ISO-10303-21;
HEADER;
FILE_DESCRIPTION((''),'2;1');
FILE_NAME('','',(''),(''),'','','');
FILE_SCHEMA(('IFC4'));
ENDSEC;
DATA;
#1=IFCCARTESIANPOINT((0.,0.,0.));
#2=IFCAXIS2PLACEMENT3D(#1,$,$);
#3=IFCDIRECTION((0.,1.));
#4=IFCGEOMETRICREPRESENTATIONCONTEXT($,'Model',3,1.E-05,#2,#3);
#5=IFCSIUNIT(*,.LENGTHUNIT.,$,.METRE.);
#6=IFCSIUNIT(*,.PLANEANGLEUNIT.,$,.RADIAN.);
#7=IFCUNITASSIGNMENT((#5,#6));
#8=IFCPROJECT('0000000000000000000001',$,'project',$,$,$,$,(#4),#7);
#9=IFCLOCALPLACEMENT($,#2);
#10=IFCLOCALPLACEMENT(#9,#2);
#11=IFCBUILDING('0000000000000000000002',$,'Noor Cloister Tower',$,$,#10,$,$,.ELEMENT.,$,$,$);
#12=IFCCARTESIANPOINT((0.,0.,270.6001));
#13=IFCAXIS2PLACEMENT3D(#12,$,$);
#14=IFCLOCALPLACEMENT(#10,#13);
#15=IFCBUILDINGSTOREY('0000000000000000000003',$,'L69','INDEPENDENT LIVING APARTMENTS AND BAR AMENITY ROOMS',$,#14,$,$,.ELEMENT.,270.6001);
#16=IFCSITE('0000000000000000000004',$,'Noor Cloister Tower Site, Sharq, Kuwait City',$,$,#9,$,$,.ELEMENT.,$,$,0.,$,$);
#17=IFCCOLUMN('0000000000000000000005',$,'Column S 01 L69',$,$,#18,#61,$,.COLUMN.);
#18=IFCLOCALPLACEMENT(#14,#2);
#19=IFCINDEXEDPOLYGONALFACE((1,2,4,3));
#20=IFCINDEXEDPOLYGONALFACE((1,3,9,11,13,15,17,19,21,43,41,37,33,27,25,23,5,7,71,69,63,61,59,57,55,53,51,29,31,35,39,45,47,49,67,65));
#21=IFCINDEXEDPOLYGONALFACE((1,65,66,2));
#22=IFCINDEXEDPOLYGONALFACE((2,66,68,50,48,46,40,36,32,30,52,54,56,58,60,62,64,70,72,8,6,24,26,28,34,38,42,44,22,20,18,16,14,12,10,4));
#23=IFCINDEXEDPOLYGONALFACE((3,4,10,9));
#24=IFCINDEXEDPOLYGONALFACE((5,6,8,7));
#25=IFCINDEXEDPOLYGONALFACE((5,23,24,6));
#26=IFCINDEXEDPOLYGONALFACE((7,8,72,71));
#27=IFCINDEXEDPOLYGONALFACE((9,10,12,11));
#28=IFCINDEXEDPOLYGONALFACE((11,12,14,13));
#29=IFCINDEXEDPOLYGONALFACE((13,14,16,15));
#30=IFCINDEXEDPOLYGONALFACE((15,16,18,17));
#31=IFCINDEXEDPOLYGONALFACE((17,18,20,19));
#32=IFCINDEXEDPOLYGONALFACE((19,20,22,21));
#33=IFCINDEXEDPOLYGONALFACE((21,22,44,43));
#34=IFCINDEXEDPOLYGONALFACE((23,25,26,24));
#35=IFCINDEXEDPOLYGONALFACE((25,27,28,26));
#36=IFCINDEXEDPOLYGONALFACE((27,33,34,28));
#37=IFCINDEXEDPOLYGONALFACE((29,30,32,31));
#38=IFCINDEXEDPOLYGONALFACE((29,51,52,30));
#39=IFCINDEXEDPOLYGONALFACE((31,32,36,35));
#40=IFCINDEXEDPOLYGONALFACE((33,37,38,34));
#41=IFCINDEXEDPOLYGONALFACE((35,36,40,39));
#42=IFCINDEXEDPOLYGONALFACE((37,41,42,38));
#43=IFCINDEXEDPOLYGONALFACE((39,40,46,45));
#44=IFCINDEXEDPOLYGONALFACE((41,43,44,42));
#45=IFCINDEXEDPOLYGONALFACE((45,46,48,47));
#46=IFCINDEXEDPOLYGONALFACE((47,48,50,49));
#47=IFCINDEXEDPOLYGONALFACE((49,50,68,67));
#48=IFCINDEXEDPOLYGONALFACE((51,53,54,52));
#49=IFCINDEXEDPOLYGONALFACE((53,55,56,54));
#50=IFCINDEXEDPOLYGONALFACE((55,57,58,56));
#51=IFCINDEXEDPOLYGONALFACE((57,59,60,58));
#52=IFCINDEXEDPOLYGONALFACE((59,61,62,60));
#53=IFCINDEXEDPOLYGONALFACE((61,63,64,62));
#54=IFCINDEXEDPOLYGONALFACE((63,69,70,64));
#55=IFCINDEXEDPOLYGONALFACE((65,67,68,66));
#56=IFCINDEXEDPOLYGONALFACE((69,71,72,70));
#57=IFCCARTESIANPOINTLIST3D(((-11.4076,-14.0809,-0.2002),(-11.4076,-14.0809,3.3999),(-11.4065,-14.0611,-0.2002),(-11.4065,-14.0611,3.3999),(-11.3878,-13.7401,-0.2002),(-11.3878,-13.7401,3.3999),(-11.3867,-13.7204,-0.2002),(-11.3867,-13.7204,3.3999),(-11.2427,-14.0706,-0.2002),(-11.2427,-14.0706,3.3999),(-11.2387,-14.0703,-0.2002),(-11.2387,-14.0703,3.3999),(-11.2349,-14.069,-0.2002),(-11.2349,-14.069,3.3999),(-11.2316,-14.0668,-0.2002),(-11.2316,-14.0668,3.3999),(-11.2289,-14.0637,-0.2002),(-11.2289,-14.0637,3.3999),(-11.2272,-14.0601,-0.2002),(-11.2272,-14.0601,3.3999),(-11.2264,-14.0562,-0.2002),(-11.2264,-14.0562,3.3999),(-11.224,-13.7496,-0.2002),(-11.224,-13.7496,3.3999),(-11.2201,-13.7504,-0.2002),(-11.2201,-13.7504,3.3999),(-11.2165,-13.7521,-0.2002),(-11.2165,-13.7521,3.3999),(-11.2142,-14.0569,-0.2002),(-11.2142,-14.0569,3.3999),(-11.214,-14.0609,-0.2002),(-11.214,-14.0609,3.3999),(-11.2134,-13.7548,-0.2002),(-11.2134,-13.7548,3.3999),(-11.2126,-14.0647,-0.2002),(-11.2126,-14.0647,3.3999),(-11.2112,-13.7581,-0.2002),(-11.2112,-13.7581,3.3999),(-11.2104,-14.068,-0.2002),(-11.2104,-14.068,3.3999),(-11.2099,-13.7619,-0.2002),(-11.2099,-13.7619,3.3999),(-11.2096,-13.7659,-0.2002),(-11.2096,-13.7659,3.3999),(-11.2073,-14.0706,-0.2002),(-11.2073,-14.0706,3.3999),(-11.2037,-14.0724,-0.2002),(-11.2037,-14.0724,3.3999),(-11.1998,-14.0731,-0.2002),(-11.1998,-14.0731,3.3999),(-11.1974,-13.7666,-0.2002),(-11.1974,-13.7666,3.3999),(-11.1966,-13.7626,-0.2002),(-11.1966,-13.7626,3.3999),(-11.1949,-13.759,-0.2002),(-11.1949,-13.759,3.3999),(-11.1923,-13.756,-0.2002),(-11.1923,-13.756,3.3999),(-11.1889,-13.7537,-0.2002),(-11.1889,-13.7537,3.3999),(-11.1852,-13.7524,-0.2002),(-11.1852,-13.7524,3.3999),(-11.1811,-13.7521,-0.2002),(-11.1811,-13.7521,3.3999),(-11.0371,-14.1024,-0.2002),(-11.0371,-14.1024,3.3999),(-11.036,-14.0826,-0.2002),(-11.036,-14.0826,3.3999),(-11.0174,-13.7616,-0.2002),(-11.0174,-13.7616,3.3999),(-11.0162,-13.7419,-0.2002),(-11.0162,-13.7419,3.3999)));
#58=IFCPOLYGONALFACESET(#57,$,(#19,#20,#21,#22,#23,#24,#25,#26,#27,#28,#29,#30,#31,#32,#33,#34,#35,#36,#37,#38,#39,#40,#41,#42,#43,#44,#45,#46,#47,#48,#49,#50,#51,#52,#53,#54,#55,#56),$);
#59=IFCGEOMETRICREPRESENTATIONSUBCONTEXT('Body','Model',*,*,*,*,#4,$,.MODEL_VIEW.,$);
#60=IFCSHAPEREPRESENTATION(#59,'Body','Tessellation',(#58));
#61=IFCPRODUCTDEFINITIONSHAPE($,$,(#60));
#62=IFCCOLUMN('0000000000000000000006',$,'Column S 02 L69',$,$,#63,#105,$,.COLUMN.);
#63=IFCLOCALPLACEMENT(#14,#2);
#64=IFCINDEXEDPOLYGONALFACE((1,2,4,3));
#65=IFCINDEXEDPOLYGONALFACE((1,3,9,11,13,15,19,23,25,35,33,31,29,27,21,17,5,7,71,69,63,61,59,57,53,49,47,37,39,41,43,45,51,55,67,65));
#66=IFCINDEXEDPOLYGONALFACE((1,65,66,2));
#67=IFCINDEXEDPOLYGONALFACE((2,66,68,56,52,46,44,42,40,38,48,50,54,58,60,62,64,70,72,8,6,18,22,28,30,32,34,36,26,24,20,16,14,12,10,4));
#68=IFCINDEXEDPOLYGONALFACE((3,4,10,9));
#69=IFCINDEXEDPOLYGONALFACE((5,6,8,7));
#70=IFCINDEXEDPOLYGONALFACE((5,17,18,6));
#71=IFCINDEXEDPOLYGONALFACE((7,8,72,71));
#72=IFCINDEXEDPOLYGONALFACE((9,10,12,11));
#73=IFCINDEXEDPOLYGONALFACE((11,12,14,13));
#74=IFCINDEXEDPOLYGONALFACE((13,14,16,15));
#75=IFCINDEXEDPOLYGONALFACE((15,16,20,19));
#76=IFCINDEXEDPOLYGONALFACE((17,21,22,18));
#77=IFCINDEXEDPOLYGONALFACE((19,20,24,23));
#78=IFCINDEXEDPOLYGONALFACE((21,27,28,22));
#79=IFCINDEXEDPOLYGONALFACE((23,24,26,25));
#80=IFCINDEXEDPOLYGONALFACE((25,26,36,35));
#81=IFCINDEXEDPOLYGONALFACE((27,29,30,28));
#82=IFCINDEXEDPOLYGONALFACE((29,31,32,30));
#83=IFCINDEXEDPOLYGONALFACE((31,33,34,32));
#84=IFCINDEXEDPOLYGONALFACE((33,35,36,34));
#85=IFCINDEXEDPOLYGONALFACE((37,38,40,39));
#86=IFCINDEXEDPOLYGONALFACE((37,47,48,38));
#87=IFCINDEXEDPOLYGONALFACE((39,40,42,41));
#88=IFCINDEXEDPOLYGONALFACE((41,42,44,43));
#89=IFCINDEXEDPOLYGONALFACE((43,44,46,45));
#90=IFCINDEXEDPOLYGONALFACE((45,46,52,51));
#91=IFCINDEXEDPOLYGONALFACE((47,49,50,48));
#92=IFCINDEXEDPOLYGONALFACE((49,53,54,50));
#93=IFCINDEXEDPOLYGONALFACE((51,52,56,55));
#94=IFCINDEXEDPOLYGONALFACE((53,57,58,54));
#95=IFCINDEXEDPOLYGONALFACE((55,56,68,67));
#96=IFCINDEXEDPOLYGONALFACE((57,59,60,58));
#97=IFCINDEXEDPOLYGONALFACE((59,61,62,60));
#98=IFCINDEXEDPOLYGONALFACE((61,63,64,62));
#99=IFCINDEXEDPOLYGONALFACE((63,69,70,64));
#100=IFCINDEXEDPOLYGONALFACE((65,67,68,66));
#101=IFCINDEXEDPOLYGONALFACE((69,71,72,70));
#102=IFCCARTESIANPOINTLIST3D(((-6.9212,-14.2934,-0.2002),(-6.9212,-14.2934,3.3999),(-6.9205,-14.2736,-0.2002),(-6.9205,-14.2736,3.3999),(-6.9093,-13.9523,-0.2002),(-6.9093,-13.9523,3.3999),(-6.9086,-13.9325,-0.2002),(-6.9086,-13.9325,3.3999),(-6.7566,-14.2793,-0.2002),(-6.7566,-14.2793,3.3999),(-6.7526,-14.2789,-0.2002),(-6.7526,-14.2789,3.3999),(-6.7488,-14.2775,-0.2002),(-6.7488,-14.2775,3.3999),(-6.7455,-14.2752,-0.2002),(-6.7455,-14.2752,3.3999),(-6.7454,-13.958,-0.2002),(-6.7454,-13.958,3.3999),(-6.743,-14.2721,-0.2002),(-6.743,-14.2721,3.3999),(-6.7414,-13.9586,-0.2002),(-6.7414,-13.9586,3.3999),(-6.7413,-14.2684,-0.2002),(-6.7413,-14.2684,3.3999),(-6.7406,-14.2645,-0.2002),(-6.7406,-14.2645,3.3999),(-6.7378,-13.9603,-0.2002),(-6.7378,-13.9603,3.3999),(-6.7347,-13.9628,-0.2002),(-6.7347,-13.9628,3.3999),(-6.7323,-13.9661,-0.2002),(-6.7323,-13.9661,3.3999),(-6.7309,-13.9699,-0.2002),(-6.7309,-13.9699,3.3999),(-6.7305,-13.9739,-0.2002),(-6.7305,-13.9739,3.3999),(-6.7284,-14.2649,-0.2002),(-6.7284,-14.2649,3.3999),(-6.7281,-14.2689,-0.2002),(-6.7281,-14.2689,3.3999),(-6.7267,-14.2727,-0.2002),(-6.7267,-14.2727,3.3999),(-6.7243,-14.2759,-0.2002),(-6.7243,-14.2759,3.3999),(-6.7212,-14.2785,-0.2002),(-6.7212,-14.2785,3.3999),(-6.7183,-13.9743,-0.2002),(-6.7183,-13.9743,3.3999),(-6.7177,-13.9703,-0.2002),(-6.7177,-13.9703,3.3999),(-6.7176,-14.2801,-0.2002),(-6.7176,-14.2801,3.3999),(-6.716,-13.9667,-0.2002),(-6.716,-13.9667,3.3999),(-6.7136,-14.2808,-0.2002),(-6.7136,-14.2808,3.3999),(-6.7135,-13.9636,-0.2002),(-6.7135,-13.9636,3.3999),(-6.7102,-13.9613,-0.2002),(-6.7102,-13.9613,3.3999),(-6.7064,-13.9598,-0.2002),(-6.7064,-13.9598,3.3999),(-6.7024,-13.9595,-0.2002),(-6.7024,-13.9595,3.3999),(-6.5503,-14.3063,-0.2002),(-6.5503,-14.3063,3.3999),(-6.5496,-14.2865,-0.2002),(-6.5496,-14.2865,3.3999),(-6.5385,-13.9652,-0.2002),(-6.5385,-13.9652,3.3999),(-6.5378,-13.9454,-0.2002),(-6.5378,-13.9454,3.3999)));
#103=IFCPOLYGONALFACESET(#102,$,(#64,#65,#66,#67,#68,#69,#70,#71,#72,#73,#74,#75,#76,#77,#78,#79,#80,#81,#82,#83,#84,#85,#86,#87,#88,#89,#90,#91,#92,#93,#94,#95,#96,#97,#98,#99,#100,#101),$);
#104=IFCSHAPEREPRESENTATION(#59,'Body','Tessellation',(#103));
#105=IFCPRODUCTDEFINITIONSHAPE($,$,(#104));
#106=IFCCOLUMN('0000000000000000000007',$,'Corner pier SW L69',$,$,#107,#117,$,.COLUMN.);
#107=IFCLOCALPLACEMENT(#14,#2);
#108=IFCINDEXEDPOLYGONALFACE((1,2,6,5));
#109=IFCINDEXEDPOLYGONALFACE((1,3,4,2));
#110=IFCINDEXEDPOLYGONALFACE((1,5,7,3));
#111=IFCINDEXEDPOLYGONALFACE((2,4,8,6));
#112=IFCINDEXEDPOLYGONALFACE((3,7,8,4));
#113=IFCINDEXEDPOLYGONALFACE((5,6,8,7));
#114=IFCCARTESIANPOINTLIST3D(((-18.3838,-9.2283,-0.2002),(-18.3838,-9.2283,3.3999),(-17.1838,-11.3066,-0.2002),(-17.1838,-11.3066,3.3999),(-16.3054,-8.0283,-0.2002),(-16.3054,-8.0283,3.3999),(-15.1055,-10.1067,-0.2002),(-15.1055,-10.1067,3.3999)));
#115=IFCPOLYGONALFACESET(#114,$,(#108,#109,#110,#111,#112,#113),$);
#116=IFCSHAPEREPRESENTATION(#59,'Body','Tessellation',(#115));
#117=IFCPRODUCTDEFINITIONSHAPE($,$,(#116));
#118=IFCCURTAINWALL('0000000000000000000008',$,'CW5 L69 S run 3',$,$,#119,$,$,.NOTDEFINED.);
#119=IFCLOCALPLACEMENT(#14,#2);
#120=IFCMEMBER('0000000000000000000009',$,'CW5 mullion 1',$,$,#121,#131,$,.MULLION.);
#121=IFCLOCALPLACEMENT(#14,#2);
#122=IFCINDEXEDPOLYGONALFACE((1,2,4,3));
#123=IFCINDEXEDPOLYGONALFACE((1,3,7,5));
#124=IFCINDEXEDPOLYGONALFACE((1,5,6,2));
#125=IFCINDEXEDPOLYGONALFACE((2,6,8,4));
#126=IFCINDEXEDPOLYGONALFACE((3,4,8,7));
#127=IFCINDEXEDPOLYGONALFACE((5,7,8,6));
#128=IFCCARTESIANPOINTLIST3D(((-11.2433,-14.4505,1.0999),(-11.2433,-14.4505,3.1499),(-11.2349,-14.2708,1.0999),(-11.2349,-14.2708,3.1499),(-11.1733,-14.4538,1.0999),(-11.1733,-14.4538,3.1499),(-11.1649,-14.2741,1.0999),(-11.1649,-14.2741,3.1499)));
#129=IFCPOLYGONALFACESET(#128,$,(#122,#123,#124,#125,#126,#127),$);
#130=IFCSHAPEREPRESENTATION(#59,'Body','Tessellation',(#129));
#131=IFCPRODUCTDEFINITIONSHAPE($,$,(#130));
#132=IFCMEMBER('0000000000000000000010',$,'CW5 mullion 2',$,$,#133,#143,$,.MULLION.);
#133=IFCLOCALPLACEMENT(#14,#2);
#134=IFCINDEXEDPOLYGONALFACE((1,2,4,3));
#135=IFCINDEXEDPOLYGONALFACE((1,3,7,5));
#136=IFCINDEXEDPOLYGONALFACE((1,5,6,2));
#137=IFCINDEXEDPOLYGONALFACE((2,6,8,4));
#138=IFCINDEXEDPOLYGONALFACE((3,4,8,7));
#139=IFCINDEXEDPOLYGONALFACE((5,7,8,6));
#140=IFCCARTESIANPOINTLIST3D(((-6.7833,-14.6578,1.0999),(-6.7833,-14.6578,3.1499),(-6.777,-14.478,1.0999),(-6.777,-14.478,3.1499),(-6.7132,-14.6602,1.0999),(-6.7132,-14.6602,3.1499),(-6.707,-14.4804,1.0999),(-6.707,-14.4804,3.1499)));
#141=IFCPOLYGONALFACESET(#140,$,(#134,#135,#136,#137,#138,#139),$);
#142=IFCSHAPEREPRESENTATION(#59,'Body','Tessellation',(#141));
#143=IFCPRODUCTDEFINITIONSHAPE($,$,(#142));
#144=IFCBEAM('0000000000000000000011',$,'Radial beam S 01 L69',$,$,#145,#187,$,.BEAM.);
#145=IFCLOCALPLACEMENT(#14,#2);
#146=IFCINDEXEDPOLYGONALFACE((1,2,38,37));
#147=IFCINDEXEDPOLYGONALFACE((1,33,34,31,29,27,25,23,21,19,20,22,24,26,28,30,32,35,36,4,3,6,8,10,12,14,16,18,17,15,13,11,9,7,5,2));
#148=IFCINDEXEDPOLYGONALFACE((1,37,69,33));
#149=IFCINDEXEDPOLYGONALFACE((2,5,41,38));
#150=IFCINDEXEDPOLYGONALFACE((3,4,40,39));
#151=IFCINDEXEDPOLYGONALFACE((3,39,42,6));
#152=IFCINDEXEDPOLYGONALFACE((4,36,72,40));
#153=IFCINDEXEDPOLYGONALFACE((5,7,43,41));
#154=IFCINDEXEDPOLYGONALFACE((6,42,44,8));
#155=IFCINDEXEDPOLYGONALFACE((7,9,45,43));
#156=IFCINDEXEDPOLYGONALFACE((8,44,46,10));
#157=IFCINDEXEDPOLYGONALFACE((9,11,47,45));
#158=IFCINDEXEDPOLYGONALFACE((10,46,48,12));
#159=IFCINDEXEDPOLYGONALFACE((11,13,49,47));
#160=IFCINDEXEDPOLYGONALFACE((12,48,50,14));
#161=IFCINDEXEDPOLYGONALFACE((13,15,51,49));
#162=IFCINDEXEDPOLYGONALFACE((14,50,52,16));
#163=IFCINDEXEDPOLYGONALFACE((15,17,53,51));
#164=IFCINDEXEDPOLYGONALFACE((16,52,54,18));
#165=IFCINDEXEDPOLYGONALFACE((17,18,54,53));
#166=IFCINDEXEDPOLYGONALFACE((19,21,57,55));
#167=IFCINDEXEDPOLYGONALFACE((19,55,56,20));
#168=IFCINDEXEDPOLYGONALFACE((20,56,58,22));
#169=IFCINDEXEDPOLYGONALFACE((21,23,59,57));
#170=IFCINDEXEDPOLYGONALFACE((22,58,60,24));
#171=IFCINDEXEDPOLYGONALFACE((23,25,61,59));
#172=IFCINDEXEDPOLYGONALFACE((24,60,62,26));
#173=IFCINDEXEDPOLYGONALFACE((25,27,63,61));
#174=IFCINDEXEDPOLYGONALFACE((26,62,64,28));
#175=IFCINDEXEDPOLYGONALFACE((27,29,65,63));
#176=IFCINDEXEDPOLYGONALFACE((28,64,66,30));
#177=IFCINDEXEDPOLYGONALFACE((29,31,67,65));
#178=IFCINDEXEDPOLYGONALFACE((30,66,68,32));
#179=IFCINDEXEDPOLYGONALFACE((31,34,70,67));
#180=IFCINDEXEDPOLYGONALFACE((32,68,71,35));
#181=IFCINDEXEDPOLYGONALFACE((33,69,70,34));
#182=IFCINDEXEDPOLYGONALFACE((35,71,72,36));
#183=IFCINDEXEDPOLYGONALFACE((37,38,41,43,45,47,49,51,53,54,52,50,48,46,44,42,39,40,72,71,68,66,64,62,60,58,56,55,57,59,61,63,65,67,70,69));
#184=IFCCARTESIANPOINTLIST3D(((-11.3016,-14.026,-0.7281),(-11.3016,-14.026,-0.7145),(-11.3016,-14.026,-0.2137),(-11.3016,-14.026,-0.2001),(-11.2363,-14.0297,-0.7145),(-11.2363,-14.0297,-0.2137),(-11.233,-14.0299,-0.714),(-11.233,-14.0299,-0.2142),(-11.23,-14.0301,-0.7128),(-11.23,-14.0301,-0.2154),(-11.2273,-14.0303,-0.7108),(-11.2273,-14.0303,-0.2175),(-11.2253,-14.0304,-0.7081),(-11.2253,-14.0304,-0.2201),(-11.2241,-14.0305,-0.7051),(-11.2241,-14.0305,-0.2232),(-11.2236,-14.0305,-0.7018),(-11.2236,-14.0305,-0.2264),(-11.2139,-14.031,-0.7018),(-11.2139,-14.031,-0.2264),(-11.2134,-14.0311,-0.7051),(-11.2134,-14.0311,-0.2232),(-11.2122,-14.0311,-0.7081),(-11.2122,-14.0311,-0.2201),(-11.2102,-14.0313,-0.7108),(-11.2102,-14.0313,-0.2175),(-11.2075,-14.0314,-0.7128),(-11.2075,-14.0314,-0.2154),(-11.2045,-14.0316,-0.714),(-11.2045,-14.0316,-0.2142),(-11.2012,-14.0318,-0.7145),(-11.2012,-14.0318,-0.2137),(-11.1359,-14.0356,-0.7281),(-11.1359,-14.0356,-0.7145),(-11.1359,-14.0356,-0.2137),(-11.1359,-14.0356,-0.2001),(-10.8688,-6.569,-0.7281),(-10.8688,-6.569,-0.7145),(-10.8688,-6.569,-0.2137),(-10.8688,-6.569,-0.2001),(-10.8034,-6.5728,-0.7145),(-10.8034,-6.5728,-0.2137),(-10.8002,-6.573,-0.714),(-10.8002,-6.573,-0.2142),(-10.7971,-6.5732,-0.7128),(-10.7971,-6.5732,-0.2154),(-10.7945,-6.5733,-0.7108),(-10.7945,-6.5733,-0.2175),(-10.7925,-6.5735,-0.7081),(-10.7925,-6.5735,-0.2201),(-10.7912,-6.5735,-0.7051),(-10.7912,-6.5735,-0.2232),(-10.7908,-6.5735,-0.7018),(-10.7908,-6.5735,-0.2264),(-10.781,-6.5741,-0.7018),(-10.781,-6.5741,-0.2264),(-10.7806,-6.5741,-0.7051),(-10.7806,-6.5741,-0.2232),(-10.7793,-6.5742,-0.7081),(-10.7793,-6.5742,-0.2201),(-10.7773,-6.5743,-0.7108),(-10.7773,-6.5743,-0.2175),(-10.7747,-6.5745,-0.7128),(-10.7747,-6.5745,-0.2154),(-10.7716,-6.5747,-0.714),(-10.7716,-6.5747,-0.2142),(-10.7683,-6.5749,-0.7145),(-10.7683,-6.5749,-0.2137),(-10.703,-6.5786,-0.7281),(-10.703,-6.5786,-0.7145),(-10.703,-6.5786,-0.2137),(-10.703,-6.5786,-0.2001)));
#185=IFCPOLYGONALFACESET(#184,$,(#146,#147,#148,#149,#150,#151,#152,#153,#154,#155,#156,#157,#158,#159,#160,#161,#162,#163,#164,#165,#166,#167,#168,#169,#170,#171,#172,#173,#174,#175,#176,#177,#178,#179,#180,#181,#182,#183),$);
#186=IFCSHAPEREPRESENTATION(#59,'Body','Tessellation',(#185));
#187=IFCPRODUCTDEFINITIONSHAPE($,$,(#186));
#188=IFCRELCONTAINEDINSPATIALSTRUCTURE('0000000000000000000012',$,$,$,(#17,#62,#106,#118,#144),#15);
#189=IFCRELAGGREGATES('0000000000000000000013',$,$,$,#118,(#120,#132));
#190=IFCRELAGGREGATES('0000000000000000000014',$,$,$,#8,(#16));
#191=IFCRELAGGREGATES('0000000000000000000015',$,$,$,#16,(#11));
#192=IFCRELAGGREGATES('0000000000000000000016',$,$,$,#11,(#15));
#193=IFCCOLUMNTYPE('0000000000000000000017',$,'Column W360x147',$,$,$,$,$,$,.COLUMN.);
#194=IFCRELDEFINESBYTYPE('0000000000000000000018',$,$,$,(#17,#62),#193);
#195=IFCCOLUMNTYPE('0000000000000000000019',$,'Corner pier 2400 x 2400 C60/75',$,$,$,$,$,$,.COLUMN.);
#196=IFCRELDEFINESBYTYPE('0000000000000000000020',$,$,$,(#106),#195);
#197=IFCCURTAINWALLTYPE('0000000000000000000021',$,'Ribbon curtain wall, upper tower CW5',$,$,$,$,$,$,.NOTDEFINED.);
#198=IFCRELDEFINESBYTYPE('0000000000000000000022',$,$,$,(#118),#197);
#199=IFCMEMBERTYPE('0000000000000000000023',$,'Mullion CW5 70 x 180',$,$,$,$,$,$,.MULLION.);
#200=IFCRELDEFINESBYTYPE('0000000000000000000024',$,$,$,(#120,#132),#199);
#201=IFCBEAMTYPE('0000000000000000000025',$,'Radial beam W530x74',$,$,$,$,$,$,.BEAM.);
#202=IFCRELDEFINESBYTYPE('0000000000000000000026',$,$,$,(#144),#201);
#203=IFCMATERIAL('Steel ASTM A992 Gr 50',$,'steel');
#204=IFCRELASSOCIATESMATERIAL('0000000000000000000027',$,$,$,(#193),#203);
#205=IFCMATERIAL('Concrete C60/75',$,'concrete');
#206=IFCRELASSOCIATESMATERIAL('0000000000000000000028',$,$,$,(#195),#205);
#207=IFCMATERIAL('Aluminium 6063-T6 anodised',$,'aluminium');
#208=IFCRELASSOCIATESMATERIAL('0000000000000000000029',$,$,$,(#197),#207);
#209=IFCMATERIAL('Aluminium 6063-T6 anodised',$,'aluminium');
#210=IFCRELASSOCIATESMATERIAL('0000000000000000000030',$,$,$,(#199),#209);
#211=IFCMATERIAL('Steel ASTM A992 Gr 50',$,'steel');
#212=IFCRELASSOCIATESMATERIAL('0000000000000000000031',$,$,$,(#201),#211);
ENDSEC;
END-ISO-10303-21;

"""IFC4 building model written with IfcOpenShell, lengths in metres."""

from ifc_helpers import new_model, si_unit, direction, frame, origin, origin_2d, place, context, subcontext, project, spatial, rectangle, i_section, extrude, material, material_profile, profile_set, type_object, element, aggregate, save


model = new_model("IFC4")

# Units and contexts
model_context = context("Model", 3, precision=1e-05, world=origin(), true_north=direction((0.0, 1.0)))
body_context = subcontext(model_context, "Body", "Model", "MODEL_VIEW")
ifc_project = project(units=[si_unit("LENGTHUNIT", "METRE"), si_unit("PLANEANGLEUNIT", "RADIAN")], contexts=[model_context])

# Site, building, storey
site_placement = place(None, origin())
site = spatial("IfcSite", under=ifc_project, at=site_placement, Name="Noor Cloister Tower Site, Sharq, Kuwait City", CompositionType="ELEMENT", RefElevation=0.0)
building_placement = place(site_placement, origin())
building = spatial("IfcBuilding", under=site, at=building_placement, Name="Noor Cloister Tower", CompositionType="ELEMENT")
storey_placement = place(building_placement, frame((0.0, 0.0, 270.6001)))
storey = spatial("IfcBuildingStorey", under=building, at=storey_placement, Name="L69", Description="INDEPENDENT LIVING APARTMENTS AND BAR AMENITY ROOMS", CompositionType="ELEMENT", Elevation=270.6001)

# Columns
ifc_material_1 = material(Name="Steel ASTM A992 Gr 50", Category="steel")
ifc_material_profile_1 = material_profile(ifc_material_1, i_section(OverallWidth=0.3711, OverallDepth=0.3611, WebThickness=0.0122, FlangeThickness=0.0198, FilletRadius=0.0154, at=origin_2d()), Name="W360x147")
ifc_profile_set_1 = profile_set([ifc_material_profile_1], Name="Steel ASTM A992 Gr 50")
column_type_1 = type_object("IfcColumnType", Name="Column W360x147", PredefinedType="COLUMN", material=ifc_profile_set_1)
for number, where, z_axis, x_axis, name in (
    (1, (-11.2119, -13.9114, -0.2002), (0.0, 0.0, 1.0), (0.99832, -0.057948, 0.0), "Column S 01 L69"),
    (2, (-6.7295, -14.1194, -0.2002), (0.0, 0.0, 1.0), (0.999395, -0.034782, 0.0), "Column S 02 L69"),
):
    element("IfcColumn", number, at=place(storey_placement, frame(where, z_axis=z_axis, x_axis=x_axis)), inside=storey, type_object=column_type_1, Name=name, PredefinedType="COLUMN", context=body_context, shape_type="SweptSolid", body=[
        extrude(i_section(OverallWidth=0.3711, OverallDepth=0.3611, WebThickness=0.0122, FlangeThickness=0.0198, FilletRadius=0.0154, at=origin_2d()), origin(), (0.0, 0.0, 1.0), 3.6001),
    ])
ifc_material_2 = material(Name="Concrete C60/75", Category="concrete")
ifc_material_profile_2 = material_profile(ifc_material_2, rectangle(XDim=2.3999, YDim=2.3999, at=origin_2d()), Name="RC 2400x2400")
ifc_profile_set_2 = profile_set([ifc_material_profile_2], Name="Concrete C60/75")
column_type_2 = type_object("IfcColumnType", Name="Corner pier 2400 x 2400 C60/75", PredefinedType="COLUMN", material=ifc_profile_set_2)
column_placement = place(storey_placement, frame((-16.7446, -9.6675, -0.2002), z_axis=(0.0, 0.0, 1.0), x_axis=(-0.866025, -0.5, 0.0)))
element("IfcColumn", 3, at=column_placement, inside=storey, type_object=column_type_2, Name="Corner pier SW L69", PredefinedType="COLUMN", context=body_context, shape_type="SweptSolid", body=[
    extrude(rectangle(XDim=2.3999, YDim=2.3999, at=origin_2d()), origin(), (0.0, 0.0, 1.0), 3.6001),
])

# Curtain wall, members
ifc_material_3 = material(Name="Aluminium 6063-T6 anodised", Category="aluminium")
curtain_wall_type = type_object("IfcCurtainWallType", Name="Ribbon curtain wall, upper tower CW5", PredefinedType="NOTDEFINED", material=ifc_material_3)
curtain_wall_placement = place(storey_placement, origin())
curtain_wall = element("IfcCurtainWall", 4, at=curtain_wall_placement, inside=storey, type_object=curtain_wall_type, Name="CW5 L69 S run 3", PredefinedType="NOTDEFINED")
ifc_material_4 = material(Name="Aluminium 6063-T6 anodised", Category="aluminium")
ifc_material_profile_3 = material_profile(ifc_material_4, rectangle(XDim=0.1799, YDim=0.0701, at=origin_2d()), Name="180 x 70 mullion")
ifc_profile_set_3 = profile_set([ifc_material_profile_3], Name="Aluminium 6063-T6 anodised")
member_type = type_object("IfcMemberType", Name="Mullion CW5 70 x 180", PredefinedType="MULLION", material=ifc_profile_set_3)
member_1_placement = place(storey_placement, frame((-11.2041, -14.3623, 1.0999), z_axis=(0.0, 0.0, 1.0), x_axis=(0.046368, 0.998924, 0.0)))
member_1 = element("IfcMember", 5, at=member_1_placement, type_object=member_type, Name="CW5 mullion 1", PredefinedType="MULLION", context=body_context, shape_type="SweptSolid", body=[
    extrude(rectangle(XDim=0.1799, YDim=0.0701, at=origin_2d()), origin(), (0.0, 0.0, 1.0), 2.05),
])
member_2_placement = place(storey_placement, frame((-6.7451, -14.5691, 1.0999), z_axis=(0.0, 0.0, 1.0), x_axis=(0.034782, 0.999395, 0.0)))
member_2 = element("IfcMember", 6, at=member_2_placement, type_object=member_type, Name="CW5 mullion 2", PredefinedType="MULLION", context=body_context, shape_type="SweptSolid", body=[
    extrude(rectangle(XDim=0.1799, YDim=0.0701, at=origin_2d()), origin(), (0.0, 0.0, 1.0), 2.05),
])

# Beam
ifc_material_5 = material(Name="Steel ASTM A992 Gr 50", Category="steel")
ifc_material_profile_4 = material_profile(ifc_material_5, i_section(OverallWidth=0.166, OverallDepth=0.5281, WebThickness=0.0098, FlangeThickness=0.0137, FilletRadius=0.0127, at=origin_2d()), Name="W530x74")
ifc_profile_set_4 = profile_set([ifc_material_profile_4], Name="Steel ASTM A992 Gr 50")
beam_type_1 = type_object("IfcBeamType", Name="Radial beam W530x74", PredefinedType="BEAM", material=ifc_profile_set_4)
beam_1_placement = place(storey_placement, frame((-11.2188, -14.0308, -0.4641), z_axis=(0.05795, 0.998319, 0.0), x_axis=(-0.998319, 0.05795, 0.0)))
element("IfcBeam", 7, at=beam_1_placement, inside=storey, type_object=beam_type_1, Name="Radial beam S 01 L69", PredefinedType="BEAM", context=body_context, shape_type="SweptSolid", body=[
    extrude(i_section(OverallWidth=0.166, OverallDepth=0.5281, WebThickness=0.0098, FlangeThickness=0.0137, FilletRadius=0.0127, at=origin_2d()), origin(), (0.0, 0.0, 1.0), 7.4695),
])

aggregate(curtain_wall, [member_1, member_2])

save(model, "model.ifc")
